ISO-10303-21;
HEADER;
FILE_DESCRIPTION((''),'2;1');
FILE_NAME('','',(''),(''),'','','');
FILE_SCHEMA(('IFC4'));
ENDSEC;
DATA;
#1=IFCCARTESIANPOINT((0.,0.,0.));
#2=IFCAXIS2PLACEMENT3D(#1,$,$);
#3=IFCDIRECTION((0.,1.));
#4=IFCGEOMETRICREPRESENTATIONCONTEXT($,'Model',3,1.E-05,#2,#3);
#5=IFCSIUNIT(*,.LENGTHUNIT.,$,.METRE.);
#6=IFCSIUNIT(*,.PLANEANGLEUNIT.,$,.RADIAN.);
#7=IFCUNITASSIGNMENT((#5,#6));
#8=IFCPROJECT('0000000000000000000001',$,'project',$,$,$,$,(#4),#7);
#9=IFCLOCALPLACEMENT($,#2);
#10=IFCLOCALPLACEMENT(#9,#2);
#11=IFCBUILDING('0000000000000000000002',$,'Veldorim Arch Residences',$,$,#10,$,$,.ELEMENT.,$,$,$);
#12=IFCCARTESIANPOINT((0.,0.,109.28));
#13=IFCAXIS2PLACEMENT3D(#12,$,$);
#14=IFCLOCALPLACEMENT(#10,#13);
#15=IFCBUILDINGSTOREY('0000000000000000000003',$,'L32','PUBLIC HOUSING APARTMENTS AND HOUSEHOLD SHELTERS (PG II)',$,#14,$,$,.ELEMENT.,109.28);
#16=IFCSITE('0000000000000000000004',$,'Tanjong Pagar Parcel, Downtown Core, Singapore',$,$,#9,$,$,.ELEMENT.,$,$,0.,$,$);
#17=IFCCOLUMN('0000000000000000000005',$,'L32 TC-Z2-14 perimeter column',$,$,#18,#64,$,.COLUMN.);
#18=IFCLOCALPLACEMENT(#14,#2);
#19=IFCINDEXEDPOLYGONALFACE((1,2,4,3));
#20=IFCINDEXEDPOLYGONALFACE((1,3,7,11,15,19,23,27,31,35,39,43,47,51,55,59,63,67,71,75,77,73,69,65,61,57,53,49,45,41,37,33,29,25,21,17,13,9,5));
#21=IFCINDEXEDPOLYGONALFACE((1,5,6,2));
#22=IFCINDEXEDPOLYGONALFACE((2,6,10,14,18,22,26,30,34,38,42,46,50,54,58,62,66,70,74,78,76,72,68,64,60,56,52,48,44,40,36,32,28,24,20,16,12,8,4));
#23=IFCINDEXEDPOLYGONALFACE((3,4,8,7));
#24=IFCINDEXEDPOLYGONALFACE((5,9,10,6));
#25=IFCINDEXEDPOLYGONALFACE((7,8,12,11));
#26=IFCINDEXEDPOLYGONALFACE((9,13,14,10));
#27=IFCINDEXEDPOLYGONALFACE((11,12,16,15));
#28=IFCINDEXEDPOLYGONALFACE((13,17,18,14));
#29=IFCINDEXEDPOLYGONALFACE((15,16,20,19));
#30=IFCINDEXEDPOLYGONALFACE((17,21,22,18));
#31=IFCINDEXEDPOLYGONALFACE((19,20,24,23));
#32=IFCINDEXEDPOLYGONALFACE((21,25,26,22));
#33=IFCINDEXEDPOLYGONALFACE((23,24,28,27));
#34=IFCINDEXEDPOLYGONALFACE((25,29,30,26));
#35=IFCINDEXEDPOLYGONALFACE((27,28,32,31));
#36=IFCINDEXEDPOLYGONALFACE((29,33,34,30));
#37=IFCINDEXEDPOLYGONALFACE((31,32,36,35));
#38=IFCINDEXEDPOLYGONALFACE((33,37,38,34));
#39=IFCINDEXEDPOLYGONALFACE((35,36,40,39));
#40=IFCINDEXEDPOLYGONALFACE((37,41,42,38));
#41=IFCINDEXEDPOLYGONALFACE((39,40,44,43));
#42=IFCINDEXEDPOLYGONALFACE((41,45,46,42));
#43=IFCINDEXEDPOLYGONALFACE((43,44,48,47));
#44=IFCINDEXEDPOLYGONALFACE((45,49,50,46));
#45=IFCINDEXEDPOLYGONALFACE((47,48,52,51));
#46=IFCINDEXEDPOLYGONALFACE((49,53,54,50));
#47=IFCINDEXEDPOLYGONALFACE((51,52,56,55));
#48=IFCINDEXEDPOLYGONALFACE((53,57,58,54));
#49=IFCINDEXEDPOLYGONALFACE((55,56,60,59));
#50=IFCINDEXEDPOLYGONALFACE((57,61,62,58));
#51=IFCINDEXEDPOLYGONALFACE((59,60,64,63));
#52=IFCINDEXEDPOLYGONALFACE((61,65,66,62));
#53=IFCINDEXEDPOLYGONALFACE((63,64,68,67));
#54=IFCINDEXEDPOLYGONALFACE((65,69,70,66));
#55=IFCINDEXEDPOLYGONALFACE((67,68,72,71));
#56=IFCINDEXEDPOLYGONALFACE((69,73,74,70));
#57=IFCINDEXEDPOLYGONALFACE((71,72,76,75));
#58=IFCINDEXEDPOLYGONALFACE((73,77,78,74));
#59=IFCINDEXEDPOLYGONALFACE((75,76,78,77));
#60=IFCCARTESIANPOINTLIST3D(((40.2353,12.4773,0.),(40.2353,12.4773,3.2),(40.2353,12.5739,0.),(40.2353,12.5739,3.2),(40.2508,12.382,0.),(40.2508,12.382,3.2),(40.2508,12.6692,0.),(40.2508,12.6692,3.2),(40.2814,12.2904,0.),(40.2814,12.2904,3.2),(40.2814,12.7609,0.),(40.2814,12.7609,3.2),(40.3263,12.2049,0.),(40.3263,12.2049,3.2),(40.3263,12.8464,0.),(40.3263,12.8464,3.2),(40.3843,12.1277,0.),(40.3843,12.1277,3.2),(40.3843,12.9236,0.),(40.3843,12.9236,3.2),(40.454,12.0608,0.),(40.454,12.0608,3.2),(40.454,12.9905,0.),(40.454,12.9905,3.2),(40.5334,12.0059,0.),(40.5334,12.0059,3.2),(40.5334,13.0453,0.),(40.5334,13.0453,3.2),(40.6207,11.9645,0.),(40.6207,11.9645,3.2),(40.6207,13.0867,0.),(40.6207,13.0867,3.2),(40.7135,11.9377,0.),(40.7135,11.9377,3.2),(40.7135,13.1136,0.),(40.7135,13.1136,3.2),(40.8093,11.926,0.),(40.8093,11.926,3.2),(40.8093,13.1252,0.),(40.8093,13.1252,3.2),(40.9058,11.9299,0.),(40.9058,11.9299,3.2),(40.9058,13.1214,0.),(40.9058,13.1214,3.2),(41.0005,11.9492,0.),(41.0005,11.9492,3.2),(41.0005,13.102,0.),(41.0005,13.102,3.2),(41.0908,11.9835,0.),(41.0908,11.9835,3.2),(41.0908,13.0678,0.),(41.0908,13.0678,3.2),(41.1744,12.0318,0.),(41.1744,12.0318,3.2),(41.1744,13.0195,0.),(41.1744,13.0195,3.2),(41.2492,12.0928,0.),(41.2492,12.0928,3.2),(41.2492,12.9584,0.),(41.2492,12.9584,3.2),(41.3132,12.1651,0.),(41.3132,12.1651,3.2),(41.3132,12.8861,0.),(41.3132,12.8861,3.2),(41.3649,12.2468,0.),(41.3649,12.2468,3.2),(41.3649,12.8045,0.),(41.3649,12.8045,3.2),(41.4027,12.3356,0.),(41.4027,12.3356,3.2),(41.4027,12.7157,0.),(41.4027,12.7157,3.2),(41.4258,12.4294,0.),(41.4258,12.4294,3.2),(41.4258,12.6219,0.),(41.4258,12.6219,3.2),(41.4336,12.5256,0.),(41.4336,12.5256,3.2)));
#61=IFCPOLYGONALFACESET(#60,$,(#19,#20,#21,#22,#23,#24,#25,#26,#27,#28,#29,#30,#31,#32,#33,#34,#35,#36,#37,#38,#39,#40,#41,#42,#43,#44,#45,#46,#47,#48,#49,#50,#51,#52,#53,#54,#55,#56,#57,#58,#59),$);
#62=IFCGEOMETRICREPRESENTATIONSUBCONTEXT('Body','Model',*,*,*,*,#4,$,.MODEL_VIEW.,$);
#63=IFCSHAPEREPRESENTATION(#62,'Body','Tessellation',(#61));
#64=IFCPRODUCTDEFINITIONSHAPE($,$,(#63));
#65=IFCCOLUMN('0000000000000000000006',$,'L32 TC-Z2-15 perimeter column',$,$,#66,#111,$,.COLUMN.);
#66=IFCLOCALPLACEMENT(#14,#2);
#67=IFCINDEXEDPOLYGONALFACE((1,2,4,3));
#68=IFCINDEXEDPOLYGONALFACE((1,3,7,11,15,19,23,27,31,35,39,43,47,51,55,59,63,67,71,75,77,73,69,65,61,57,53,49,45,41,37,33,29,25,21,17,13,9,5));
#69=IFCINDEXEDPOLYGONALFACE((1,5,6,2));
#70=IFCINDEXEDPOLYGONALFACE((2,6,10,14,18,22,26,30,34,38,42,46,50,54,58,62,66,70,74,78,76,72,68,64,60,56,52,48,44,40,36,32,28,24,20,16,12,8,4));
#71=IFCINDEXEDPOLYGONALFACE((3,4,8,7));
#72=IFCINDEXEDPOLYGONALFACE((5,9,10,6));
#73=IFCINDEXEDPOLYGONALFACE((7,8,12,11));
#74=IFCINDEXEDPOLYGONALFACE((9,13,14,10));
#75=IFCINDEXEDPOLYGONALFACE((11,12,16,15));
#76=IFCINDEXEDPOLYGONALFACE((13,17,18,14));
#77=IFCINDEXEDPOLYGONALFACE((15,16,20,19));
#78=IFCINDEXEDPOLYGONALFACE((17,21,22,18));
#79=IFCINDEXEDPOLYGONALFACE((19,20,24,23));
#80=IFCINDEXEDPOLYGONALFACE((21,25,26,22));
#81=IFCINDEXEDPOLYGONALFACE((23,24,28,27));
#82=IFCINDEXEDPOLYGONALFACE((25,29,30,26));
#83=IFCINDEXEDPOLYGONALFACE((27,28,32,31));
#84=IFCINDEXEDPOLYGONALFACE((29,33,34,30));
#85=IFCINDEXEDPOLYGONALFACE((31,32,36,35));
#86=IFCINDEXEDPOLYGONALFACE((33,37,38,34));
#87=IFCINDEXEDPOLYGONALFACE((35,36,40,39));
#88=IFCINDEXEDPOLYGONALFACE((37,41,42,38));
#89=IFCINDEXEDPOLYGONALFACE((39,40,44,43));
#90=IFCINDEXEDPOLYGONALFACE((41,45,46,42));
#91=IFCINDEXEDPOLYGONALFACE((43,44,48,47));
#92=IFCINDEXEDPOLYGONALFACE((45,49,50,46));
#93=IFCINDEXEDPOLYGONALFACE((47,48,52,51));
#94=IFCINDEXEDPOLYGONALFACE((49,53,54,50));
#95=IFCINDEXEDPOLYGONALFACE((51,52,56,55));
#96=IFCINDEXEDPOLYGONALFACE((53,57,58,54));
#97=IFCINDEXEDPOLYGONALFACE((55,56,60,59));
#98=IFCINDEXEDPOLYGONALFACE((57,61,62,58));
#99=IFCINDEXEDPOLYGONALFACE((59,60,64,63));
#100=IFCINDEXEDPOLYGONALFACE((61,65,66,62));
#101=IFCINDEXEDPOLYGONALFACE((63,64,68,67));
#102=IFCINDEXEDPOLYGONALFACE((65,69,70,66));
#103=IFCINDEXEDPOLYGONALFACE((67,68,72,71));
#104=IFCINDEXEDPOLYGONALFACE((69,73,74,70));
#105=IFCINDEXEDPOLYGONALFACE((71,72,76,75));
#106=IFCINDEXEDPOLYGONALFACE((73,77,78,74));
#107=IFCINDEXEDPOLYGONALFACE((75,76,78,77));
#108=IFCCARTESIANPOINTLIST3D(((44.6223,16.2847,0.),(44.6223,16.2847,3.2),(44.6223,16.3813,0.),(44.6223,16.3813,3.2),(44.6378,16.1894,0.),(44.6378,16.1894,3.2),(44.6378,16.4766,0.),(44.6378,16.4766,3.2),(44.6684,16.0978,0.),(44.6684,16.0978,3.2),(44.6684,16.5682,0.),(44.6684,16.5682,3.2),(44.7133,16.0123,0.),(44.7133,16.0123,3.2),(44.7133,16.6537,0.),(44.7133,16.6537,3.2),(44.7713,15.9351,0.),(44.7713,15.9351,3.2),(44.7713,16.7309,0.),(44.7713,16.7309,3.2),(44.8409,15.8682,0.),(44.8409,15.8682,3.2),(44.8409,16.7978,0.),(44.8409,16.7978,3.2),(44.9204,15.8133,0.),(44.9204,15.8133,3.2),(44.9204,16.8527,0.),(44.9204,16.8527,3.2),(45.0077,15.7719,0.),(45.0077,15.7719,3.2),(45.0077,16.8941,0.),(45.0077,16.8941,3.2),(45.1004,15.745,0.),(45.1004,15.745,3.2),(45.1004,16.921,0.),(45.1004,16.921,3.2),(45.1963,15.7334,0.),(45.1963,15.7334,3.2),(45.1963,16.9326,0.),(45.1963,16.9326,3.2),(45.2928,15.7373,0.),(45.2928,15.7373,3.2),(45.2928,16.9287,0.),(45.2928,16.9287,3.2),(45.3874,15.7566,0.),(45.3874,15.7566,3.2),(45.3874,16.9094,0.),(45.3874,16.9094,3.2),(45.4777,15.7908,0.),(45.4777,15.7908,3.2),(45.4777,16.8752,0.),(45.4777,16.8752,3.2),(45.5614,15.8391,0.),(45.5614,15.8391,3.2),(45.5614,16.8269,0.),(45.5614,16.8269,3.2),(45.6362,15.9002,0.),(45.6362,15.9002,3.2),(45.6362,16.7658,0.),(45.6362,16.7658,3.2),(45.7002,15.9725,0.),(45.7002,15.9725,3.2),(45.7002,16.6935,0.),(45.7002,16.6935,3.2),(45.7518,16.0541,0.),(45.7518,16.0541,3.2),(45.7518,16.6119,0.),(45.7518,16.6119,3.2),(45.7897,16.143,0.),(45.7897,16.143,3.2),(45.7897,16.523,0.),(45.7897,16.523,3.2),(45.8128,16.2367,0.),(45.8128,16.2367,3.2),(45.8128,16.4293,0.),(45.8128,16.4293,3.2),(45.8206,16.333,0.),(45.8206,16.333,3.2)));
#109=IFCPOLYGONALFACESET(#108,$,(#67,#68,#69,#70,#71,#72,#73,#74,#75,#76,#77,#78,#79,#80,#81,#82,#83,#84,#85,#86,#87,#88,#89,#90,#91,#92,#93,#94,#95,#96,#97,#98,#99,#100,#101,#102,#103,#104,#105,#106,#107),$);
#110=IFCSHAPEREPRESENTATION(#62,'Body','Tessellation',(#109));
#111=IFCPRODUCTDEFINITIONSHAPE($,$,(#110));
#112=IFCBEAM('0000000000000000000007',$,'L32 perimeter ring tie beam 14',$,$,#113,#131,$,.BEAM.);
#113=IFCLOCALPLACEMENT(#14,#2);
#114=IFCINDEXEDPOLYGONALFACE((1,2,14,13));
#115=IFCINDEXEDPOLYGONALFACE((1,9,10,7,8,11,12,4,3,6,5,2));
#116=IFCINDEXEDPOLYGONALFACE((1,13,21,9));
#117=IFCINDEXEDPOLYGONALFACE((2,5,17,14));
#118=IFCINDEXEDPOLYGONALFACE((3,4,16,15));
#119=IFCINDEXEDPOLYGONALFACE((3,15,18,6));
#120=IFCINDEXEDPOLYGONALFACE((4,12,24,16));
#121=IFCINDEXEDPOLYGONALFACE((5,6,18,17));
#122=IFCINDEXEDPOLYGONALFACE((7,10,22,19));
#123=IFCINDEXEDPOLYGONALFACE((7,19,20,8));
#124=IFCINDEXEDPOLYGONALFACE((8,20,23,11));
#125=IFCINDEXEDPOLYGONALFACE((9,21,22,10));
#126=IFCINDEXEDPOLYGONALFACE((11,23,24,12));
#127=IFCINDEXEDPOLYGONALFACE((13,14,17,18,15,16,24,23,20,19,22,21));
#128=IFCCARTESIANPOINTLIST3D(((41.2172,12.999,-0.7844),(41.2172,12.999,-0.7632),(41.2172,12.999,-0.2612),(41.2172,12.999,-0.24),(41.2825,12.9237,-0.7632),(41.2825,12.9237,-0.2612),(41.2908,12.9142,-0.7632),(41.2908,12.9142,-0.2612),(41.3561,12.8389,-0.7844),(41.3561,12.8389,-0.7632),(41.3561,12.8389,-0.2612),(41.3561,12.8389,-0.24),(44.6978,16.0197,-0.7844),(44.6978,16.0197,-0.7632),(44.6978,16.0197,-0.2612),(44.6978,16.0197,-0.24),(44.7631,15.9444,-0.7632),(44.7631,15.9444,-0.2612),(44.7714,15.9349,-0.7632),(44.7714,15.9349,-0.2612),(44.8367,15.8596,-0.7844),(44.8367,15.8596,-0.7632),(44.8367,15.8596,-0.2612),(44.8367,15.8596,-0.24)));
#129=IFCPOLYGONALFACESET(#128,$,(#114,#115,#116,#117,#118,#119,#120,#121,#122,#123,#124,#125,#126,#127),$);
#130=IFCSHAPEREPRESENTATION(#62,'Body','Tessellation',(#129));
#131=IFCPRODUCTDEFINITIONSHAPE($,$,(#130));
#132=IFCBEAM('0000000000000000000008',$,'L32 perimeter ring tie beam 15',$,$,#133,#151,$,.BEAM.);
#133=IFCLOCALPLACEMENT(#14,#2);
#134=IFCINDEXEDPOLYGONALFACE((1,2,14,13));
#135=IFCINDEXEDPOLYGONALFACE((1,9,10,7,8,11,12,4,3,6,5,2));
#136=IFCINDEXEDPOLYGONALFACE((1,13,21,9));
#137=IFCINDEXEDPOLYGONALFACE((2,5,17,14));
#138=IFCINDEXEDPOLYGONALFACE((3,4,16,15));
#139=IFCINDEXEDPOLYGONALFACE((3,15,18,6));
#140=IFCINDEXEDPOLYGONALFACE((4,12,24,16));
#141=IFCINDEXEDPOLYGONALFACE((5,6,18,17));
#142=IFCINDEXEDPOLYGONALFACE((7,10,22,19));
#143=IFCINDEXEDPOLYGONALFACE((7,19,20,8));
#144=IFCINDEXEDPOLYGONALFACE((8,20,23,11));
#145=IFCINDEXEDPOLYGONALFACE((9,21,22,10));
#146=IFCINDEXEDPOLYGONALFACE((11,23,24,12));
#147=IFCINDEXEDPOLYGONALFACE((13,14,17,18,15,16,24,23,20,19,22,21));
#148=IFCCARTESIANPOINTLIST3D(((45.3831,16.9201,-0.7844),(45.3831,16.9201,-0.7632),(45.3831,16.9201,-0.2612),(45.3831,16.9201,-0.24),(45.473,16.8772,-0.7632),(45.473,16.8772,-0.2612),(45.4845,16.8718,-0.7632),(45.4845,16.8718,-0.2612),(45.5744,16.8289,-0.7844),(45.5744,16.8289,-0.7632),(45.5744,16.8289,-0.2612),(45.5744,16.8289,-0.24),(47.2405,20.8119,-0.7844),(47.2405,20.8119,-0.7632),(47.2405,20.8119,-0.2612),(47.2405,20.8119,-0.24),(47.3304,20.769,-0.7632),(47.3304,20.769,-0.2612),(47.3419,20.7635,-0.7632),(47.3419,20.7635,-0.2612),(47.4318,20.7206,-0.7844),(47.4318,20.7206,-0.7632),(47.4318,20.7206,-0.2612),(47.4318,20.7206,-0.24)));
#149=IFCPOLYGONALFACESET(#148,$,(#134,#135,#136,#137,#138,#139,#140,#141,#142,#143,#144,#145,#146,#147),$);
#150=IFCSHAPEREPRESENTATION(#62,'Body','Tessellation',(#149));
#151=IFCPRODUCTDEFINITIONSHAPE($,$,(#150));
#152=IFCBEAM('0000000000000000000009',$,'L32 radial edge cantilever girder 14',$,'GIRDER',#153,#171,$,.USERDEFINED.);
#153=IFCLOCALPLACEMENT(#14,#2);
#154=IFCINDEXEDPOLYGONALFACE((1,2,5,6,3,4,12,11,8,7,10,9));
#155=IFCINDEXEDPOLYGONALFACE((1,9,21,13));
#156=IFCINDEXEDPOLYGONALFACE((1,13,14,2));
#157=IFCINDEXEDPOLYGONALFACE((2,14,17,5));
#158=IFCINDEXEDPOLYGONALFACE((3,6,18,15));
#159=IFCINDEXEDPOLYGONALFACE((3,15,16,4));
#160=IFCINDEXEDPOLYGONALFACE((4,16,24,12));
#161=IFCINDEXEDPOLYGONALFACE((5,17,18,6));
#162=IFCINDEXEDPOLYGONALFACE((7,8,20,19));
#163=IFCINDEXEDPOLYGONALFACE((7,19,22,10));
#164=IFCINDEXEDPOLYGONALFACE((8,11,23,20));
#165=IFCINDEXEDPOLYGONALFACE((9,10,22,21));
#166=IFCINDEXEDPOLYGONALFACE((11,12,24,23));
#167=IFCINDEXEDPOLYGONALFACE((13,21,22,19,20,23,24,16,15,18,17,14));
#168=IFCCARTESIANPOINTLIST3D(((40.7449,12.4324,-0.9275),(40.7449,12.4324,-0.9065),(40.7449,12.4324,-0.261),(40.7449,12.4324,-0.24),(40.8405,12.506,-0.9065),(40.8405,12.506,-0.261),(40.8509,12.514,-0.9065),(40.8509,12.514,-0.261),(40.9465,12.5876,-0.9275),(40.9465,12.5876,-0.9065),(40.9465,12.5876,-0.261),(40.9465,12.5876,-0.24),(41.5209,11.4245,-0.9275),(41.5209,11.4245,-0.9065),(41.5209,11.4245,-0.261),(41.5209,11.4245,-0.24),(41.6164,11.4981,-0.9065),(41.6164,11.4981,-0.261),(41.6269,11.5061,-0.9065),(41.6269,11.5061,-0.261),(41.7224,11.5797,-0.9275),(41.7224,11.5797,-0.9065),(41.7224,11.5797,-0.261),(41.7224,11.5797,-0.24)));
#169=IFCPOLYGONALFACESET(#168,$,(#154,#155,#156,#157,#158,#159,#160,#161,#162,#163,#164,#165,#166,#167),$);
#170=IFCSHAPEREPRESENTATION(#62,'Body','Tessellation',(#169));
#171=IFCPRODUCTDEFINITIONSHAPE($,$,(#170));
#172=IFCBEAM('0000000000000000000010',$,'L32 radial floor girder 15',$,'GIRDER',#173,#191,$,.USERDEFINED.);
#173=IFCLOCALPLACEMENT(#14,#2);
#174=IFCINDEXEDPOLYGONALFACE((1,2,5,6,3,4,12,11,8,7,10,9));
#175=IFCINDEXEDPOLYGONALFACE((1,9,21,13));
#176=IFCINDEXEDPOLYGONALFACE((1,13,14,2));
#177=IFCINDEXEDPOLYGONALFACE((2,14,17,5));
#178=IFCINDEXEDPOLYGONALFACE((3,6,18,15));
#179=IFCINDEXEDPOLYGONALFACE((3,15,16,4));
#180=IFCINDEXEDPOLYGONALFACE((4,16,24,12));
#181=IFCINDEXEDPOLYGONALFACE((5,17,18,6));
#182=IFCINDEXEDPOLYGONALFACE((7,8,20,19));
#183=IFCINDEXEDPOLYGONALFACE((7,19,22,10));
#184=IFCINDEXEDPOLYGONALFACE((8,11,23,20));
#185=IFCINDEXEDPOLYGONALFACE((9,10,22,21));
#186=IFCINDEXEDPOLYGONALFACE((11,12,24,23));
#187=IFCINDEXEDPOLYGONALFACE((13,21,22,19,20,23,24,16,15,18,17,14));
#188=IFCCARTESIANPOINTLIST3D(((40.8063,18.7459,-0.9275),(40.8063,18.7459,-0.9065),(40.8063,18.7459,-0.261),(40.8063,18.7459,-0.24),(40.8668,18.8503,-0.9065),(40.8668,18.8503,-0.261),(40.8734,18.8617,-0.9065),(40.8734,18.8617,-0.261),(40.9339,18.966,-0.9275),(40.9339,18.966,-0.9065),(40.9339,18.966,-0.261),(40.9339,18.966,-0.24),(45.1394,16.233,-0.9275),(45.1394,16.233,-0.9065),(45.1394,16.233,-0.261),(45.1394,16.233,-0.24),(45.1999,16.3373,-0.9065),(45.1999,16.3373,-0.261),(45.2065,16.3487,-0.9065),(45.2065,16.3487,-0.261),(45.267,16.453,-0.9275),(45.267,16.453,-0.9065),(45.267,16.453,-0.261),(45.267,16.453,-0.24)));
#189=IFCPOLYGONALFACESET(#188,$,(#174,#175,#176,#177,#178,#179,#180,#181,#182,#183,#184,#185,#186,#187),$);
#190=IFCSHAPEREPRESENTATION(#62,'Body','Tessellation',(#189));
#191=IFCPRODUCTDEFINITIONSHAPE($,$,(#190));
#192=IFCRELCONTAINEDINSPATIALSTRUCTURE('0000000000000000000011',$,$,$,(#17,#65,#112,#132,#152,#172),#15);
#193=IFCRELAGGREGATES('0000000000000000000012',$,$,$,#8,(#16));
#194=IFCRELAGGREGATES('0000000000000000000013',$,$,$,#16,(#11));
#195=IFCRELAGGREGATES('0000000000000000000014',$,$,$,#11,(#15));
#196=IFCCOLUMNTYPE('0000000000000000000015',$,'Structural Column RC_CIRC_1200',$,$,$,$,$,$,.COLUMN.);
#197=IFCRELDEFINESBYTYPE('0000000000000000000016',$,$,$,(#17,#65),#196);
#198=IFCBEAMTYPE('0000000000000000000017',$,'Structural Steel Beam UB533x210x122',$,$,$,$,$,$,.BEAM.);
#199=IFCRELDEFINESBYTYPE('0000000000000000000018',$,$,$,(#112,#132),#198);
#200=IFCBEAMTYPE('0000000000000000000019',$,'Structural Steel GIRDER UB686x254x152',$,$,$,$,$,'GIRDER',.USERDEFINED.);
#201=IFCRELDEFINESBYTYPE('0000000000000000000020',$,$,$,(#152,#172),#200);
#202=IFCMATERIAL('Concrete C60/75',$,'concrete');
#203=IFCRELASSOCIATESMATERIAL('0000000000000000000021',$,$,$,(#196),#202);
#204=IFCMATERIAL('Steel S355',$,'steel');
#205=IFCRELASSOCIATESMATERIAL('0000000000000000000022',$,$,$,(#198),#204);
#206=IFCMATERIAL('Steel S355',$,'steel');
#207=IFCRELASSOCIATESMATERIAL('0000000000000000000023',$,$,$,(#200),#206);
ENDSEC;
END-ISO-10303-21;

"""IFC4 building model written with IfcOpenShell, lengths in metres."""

from ifc_helpers import new_model, si_unit, direction, frame, origin, origin_2d, place, context, subcontext, project, spatial, circle, i_section, extrude, material, material_profile, profile_set, type_object, element, save


model = new_model("IFC4")

# Units and contexts
model_context = context("Model", 3, precision=1e-05, world=origin(), true_north=direction((0.0, 1.0)))
body_context = subcontext(model_context, "Body", "Model", "MODEL_VIEW")
ifc_project = project(units=[si_unit("LENGTHUNIT", "METRE"), si_unit("PLANEANGLEUNIT", "RADIAN")], contexts=[model_context])

# Site, building, storey
site_placement = place(None, origin())
site = spatial("IfcSite", under=ifc_project, at=site_placement, Name="Tanjong Pagar Parcel, Downtown Core, Singapore", CompositionType="ELEMENT", RefElevation=0.0)
building_placement = place(site_placement, origin())
building = spatial("IfcBuilding", under=site, at=building_placement, Name="Veldorim Arch Residences", CompositionType="ELEMENT")
storey_placement = place(building_placement, frame((0.0, 0.0, 109.28)))
storey = spatial("IfcBuildingStorey", under=building, at=storey_placement, Name="L32", Description="PUBLIC HOUSING APARTMENTS AND HOUSEHOLD SHELTERS (PG II)", CompositionType="ELEMENT", Elevation=109.28)

# Columns
ifc_material_1 = material(Name="Concrete C60/75", Category="concrete")
ifc_material_profile_1 = material_profile(ifc_material_1, circle(Radius=0.6001, at=origin_2d()), Name="RC_CIRC_1200")
ifc_profile_set_1 = profile_set([ifc_material_profile_1], Name="Concrete C60/75")
column_type = type_object("IfcColumnType", Name="Structural Column RC_CIRC_1200", PredefinedType="COLUMN", material=ifc_profile_set_1)
for number, where, z_axis, x_axis, name in (
    (1, (40.8335, 12.5256, 0.0), (0.0, 0.0, 1.0), (1.0, 0.0, 0.0), "L32 TC-Z2-14 perimeter column"),
    (2, (45.2205, 16.333, 0.0), (0.0, 0.0, 1.0), (1.0, 0.0, 0.0), "L32 TC-Z2-15 perimeter column"),
):
    element("IfcColumn", number, at=place(storey_placement, frame(where, z_axis=z_axis, x_axis=x_axis)), inside=storey, type_object=column_type, Name=name, PredefinedType="COLUMN", context=body_context, shape_type="SweptSolid", body=[
        extrude(circle(Radius=0.6001, at=origin_2d()), origin(), (0.0, 0.0, 1.0), 3.2),
    ])

# Beams
ifc_material_2 = material(Name="Steel S355", Category="steel")
ifc_material_profile_2 = material_profile(ifc_material_2, i_section(OverallWidth=0.2119, OverallDepth=0.5444, WebThickness=0.0127, FlangeThickness=0.0212, at=origin_2d()), Name="UB533x210x122")
ifc_profile_set_2 = profile_set([ifc_material_profile_2], Name="Steel S355")
beam_type_1 = type_object("IfcBeamType", Name="Structural Steel Beam UB533x210x122", PredefinedType="BEAM", material=ifc_profile_set_2)
beam_1_placement = place(storey_placement, frame((41.2866, 12.9189, -0.5122), z_axis=(0.755245, 0.655443, 0.0), x_axis=(-0.655443, 0.755245, 0.0)))
element("IfcBeam", 3, at=beam_1_placement, inside=storey, type_object=beam_type_1, Name="L32 perimeter ring tie beam 14", PredefinedType="BEAM", context=body_context, shape_type="SweptSolid", body=[
    extrude(i_section(OverallWidth=0.2119, OverallDepth=0.5444, WebThickness=0.0127, FlangeThickness=0.0212, at=origin_2d()), origin(), (0.0, 0.0, 1.0), 4.6086),
])
beam_2_placement = place(storey_placement, frame((45.4788, 16.8745, -0.5122), z_axis=(0.43072, 0.902486, 0.0), x_axis=(-0.902486, 0.43072, 0.0)))
element("IfcBeam", 4, at=beam_2_placement, inside=storey, type_object=beam_type_1, Name="L32 perimeter ring tie beam 15", PredefinedType="BEAM", context=body_context, shape_type="SweptSolid", body=[
    extrude(i_section(OverallWidth=0.2119, OverallDepth=0.5444, WebThickness=0.0127, FlangeThickness=0.0212, at=origin_2d()), origin(), (0.0, 0.0, 1.0), 4.3123),
])
ifc_material_3 = material(Name="Steel S355", Category="steel")
ifc_material_profile_3 = material_profile(ifc_material_3, i_section(OverallWidth=0.2544, OverallDepth=0.6875, WebThickness=0.0132, FlangeThickness=0.021, at=origin_2d()), Name="UB686x254x152")
ifc_profile_set_3 = profile_set([ifc_material_profile_3], Name="Steel S355")
beam_type_2 = type_object("IfcBeamType", Name="Structural Steel GIRDER UB686x254x152", ElementType="GIRDER", PredefinedType="USERDEFINED", material=ifc_profile_set_3)
beam_3_placement = place(storey_placement, frame((40.8457, 12.51, -0.5837), z_axis=(0.610026, -0.792381, 0.0), x_axis=(0.792381, 0.610026, 0.0)))
element("IfcBeam", 5, at=beam_3_placement, inside=storey, type_object=beam_type_2, Name="L32 radial edge cantilever girder 14", ObjectType="GIRDER", PredefinedType="USERDEFINED", context=body_context, shape_type="SweptSolid", body=[
    extrude(i_section(OverallWidth=0.2544, OverallDepth=0.6875, WebThickness=0.0132, FlangeThickness=0.021, at=origin_2d()), origin(), (0.0, 0.0, 1.0), 1.272),
])
beam_4_placement = place(storey_placement, frame((40.8701, 18.856, -0.5837), z_axis=(0.865049, -0.501687, 0.0), x_axis=(0.501687, 0.865049, 0.0)))
element("IfcBeam", 6, at=beam_4_placement, inside=storey, type_object=beam_type_2, Name="L32 radial floor girder 15", ObjectType="GIRDER", PredefinedType="USERDEFINED", context=body_context, shape_type="SweptSolid", body=[
    extrude(i_section(OverallWidth=0.2544, OverallDepth=0.6875, WebThickness=0.0132, FlangeThickness=0.021, at=origin_2d()), origin(), (0.0, 0.0, 1.0), 5.009),
])

save(model, "model.ifc")
